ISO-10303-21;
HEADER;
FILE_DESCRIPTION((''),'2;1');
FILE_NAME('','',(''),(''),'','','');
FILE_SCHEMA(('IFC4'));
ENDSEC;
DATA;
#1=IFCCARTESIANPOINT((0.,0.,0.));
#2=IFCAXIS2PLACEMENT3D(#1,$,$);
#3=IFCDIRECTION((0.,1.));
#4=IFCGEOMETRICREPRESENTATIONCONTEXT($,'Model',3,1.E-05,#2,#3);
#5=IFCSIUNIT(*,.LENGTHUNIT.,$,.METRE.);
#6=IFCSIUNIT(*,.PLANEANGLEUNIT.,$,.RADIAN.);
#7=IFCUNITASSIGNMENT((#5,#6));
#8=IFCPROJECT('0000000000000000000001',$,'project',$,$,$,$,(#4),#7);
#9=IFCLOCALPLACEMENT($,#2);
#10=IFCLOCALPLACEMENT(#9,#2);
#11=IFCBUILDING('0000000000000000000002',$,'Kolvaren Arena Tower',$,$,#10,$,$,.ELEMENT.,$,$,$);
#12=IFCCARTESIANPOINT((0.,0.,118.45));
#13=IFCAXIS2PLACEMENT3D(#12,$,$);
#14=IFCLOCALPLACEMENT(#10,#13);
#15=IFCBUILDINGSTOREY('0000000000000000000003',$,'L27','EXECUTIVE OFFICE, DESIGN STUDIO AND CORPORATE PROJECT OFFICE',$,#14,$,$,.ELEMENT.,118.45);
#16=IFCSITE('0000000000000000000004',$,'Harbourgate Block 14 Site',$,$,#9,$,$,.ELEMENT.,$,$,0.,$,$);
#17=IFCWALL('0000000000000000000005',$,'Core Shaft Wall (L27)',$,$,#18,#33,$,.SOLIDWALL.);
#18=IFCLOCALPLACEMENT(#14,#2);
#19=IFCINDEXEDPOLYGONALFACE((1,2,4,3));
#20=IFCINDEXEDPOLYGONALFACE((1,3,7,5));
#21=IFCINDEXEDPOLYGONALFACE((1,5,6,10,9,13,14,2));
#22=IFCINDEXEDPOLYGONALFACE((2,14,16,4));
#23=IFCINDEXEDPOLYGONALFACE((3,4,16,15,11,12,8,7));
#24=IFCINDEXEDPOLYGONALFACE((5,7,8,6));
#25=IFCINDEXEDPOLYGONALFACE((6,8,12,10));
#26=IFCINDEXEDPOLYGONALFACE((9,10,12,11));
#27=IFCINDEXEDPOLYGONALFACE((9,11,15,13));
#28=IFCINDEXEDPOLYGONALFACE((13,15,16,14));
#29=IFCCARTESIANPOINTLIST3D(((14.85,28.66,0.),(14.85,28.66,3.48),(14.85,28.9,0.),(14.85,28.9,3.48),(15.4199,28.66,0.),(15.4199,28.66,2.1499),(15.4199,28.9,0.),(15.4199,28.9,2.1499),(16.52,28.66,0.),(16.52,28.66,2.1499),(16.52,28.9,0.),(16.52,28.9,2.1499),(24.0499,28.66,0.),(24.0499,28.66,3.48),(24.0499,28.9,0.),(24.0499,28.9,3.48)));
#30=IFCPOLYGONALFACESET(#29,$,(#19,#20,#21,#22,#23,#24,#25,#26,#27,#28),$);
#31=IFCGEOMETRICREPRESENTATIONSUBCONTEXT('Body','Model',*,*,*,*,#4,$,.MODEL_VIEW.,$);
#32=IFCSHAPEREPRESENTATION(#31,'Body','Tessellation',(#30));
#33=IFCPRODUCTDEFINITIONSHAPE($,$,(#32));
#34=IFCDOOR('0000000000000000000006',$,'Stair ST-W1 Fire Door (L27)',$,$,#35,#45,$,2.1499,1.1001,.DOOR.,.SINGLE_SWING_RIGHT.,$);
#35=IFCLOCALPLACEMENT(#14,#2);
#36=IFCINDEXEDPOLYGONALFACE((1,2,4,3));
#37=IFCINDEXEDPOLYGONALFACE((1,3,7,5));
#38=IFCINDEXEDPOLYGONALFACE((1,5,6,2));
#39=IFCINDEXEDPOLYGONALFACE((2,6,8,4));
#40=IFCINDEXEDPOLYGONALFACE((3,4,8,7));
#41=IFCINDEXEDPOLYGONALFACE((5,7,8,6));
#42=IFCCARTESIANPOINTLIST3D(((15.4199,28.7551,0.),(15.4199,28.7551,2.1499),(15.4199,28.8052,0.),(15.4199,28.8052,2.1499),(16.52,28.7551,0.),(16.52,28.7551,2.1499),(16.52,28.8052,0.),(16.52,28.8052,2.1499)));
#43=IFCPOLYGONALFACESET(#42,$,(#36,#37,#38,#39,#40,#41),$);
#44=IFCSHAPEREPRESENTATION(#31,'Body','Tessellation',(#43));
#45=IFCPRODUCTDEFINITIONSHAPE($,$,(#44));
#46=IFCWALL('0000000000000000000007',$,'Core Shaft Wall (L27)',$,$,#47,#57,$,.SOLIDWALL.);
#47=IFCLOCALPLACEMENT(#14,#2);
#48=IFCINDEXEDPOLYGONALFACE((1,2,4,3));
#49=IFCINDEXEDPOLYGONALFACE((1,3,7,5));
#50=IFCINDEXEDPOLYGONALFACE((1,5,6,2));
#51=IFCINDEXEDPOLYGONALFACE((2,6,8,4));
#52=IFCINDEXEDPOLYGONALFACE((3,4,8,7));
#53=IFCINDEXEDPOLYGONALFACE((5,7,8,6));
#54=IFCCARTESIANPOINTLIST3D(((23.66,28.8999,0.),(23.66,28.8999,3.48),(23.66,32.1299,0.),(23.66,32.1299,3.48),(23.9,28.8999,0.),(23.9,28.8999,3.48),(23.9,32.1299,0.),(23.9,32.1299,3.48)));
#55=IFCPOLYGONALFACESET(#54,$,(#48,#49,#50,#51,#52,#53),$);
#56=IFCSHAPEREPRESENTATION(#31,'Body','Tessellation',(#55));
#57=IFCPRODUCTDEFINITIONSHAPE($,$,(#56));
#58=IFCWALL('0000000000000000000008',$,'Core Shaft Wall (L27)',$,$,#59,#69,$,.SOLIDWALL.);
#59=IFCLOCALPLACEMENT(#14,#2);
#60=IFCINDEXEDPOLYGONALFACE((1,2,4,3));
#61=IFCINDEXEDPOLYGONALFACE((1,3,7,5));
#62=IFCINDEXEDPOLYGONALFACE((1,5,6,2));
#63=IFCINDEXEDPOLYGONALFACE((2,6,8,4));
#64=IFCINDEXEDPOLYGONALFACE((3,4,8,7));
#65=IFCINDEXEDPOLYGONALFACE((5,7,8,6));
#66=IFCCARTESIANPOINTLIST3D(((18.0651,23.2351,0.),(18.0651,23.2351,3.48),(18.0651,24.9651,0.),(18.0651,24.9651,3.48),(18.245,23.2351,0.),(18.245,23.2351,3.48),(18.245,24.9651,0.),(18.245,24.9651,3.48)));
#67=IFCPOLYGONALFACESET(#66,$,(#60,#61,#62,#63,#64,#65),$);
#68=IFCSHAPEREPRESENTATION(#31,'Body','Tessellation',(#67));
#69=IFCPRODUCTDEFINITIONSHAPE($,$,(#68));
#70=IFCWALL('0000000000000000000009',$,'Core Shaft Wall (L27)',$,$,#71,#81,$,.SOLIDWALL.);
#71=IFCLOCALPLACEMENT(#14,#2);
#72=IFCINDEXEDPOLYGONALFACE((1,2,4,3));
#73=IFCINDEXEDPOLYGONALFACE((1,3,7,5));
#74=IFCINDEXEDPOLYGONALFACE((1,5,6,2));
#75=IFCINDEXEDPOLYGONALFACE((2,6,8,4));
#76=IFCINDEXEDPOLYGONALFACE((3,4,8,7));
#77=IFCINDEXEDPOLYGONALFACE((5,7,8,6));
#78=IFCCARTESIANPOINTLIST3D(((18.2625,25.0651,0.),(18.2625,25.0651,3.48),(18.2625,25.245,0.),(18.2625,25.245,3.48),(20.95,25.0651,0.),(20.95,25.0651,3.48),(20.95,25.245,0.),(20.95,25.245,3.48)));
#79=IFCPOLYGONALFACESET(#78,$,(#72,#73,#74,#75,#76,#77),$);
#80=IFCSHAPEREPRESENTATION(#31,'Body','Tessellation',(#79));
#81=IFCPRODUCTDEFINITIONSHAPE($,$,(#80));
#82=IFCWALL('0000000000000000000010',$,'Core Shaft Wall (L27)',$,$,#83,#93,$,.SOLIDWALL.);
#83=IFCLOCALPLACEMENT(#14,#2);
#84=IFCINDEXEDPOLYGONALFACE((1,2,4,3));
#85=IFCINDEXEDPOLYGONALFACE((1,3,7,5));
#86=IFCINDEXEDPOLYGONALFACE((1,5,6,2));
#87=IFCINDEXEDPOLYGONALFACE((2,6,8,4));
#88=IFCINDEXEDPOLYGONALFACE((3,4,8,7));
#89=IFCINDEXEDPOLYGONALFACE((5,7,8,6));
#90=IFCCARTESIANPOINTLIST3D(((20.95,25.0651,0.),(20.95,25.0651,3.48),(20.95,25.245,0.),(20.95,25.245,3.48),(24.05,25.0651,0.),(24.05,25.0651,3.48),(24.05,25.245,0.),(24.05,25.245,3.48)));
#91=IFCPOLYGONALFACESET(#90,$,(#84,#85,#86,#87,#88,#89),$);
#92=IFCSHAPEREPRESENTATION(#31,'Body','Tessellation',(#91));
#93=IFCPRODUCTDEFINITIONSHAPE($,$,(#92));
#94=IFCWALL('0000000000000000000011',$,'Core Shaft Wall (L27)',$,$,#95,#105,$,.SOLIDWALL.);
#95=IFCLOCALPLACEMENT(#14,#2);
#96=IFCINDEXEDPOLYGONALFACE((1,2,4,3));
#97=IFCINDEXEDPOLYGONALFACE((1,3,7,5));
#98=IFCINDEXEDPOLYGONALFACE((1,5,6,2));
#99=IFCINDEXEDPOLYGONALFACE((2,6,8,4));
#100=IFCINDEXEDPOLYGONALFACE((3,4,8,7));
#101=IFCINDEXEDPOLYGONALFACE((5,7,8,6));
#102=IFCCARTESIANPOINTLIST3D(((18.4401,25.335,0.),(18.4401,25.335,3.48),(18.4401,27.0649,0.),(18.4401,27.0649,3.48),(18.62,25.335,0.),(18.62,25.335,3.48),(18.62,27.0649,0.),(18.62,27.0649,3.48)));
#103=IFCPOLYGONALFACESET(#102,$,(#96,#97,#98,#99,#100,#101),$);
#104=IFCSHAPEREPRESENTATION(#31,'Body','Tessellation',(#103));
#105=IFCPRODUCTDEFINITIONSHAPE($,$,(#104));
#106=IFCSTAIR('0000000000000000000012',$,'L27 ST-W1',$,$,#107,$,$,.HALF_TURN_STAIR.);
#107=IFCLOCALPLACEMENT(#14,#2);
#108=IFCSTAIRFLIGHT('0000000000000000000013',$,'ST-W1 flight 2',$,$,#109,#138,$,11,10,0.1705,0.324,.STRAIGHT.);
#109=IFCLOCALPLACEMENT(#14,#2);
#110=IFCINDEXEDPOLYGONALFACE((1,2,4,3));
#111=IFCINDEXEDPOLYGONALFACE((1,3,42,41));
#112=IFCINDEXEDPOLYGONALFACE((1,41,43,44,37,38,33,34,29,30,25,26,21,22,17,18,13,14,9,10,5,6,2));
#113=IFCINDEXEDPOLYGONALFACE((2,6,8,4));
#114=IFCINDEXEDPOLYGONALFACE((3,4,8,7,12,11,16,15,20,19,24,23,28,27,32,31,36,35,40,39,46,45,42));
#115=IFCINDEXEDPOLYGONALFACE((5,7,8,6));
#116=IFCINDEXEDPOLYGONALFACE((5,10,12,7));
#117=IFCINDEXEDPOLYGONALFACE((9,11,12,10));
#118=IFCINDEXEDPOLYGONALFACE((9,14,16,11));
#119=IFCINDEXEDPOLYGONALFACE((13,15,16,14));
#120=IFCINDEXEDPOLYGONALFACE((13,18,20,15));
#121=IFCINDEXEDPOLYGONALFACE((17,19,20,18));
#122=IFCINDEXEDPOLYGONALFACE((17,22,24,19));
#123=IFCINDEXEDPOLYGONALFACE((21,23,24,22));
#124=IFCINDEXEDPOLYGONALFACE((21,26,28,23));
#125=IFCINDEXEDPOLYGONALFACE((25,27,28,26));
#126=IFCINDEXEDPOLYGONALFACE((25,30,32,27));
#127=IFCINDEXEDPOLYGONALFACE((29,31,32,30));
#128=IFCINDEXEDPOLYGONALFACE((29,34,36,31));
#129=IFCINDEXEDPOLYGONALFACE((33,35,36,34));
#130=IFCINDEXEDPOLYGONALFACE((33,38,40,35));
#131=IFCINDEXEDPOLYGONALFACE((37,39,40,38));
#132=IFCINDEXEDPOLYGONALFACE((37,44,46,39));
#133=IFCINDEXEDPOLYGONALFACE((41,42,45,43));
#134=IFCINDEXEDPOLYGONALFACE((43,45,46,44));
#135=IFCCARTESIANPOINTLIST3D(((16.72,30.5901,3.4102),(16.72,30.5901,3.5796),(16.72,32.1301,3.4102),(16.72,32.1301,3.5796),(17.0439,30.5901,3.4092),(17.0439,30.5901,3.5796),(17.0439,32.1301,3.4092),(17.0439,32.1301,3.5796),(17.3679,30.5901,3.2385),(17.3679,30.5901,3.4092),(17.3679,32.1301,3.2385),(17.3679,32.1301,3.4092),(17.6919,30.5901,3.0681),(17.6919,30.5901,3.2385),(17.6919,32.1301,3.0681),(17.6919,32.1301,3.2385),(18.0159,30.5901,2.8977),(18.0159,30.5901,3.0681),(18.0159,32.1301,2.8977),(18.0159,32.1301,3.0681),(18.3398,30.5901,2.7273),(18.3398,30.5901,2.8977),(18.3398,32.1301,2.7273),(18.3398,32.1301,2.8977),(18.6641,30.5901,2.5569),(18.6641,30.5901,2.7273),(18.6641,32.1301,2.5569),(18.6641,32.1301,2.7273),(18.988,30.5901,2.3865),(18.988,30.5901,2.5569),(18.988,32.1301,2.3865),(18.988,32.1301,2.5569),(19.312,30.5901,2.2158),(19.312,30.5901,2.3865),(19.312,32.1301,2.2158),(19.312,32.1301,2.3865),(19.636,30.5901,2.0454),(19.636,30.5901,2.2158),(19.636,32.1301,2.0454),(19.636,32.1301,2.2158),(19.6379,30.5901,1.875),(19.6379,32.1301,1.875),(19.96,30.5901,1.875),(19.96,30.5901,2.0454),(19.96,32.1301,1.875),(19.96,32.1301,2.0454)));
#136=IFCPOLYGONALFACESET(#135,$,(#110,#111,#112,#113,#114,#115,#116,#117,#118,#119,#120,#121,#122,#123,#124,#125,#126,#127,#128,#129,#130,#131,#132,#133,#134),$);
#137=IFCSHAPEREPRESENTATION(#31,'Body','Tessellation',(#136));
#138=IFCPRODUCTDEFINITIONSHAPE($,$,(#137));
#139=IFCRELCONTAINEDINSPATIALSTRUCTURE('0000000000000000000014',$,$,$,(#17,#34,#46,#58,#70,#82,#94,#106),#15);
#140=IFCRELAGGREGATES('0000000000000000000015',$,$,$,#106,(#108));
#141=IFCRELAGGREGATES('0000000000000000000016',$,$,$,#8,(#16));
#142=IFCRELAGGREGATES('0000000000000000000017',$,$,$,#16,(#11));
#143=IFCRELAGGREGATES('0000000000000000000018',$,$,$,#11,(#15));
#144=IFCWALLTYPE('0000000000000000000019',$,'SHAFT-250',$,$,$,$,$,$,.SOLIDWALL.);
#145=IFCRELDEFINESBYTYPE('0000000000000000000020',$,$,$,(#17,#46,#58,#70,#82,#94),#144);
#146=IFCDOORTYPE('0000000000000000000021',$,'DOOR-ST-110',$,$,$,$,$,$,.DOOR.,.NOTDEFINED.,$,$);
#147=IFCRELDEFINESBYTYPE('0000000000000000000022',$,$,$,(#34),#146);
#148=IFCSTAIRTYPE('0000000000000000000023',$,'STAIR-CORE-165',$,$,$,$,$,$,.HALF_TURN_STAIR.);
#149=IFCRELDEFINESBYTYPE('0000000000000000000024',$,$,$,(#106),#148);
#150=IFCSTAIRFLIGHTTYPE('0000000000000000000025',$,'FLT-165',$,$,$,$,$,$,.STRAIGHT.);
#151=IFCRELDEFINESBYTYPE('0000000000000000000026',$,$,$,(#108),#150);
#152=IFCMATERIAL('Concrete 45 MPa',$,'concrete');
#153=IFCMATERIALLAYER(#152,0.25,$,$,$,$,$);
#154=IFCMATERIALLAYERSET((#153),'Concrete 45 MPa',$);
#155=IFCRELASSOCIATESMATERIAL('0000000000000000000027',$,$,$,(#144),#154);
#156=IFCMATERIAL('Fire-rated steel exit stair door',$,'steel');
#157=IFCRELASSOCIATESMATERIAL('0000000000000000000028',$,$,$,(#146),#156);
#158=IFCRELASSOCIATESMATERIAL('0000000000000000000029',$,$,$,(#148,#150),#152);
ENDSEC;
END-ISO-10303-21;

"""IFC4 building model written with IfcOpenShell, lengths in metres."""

from ifc_helpers import new_model, si_unit, direction, frame, frame_2d, origin, place, context, subcontext, project, spatial, polyline, rectangle, outline, extrude, material, layer, layer_set, type_object, element, fill, aggregate, save


model = new_model("IFC4")

# Units and contexts
model_context = context("Model", 3, precision=1e-05, world=origin(), true_north=direction((0.0, 1.0)))
body_context = subcontext(model_context, "Body", "Model", "MODEL_VIEW")
ifc_project = project(units=[si_unit("LENGTHUNIT", "METRE"), si_unit("PLANEANGLEUNIT", "RADIAN")], contexts=[model_context])

# Site, building, storey
site_placement = place(None, origin())
site = spatial("IfcSite", under=ifc_project, at=site_placement, Name="Harbourgate Block 14 Site", CompositionType="ELEMENT", RefElevation=0.0)
building_placement = place(site_placement, origin())
building = spatial("IfcBuilding", under=site, at=building_placement, Name="Kolvaren Arena Tower", CompositionType="ELEMENT")
storey_placement = place(building_placement, frame((0.0, 0.0, 118.45)))
storey = spatial("IfcBuildingStorey", under=building, at=storey_placement, Name="L27", Description="EXECUTIVE OFFICE, DESIGN STUDIO AND CORPORATE PROJECT OFFICE", CompositionType="ELEMENT", Elevation=118.45)

# Wall, opening, door
ifc_material_1 = material(Name="Concrete 45 MPa", Category="concrete")
ifc_layer = layer(ifc_material_1, 0.25)
ifc_layer_set = layer_set([ifc_layer], Name="Concrete 45 MPa")
wall_type = type_object("IfcWallType", Name="SHAFT-250", PredefinedType="SOLIDWALL", material=ifc_layer_set)
wall_1_placement = place(storey_placement, frame((24.05, 28.78, 0.0), z_axis=(0.0, 0.0, 1.0), x_axis=(-1.0, 0.0, 0.0)))
wall_1 = element("IfcWall", 1, at=wall_1_placement, inside=storey, type_object=wall_type, Name="Core Shaft Wall (L27)", PredefinedType="SOLIDWALL", context=body_context, shape_type="SweptSolid", body=[
    extrude(rectangle(XDim=9.2, YDim=0.24, at=frame_2d((4.6001, 0.0))), origin(), (0.0, 0.0, 1.0), 3.48),
])
opening_placement = place(wall_1_placement, frame((7.53, 0.0, 0.0)))
opening = element("IfcOpeningElement", 2, at=opening_placement, cuts=wall_1, PredefinedType="OPENING", context=body_context, shape_type="SweptSolid", body=[
    extrude(rectangle(XDim=1.1001, YDim=2.1499, at=frame_2d((0.55, 1.075))), frame((0.0, 0.1299, 0.0), z_axis=(0.0, -1.0, 0.0), x_axis=(1.0, 0.0, 0.0)), (0.0, 0.0, 1.0), 0.26),
])
ifc_material_2 = material(Name="Fire-rated steel exit stair door", Category="steel")
door_type = type_object("IfcDoorType", Name="DOOR-ST-110", OperationType="NOTDEFINED", PredefinedType="DOOR", material=ifc_material_2)
door_placement = place(opening_placement, origin())
door = element("IfcDoor", 3, at=door_placement, inside=storey, type_object=door_type, Name="Stair ST-W1 Fire Door (L27)", OperationType="SINGLE_SWING_RIGHT", OverallHeight=2.1499, OverallWidth=1.1001, PredefinedType="DOOR", context=body_context, shape_type="SweptSolid", body=[
    extrude(rectangle(XDim=1.1001, YDim=2.1499, at=frame_2d((0.55, 1.075))), frame((0.0, 0.0249, 0.0), z_axis=(0.0, -1.0, 0.0), x_axis=(1.0, 0.0, 0.0)), (0.0, 0.0, 1.0), 0.05),
])
fill(opening, door)

# Walls
wall_2_placement = place(storey_placement, frame((23.78, 28.8999, 0.0), z_axis=(0.0, 0.0, 1.0), x_axis=(0.0, 1.0, 0.0)))
element("IfcWall", 4, at=wall_2_placement, inside=storey, type_object=wall_type, Name="Core Shaft Wall (L27)", PredefinedType="SOLIDWALL", context=body_context, shape_type="SweptSolid", body=[
    extrude(rectangle(XDim=3.23, YDim=0.24, at=frame_2d((1.615, 0.0))), origin(), (0.0, 0.0, 1.0), 3.48),
])
wall_3_placement = place(storey_placement, frame((18.155, 23.2351, 0.0), z_axis=(0.0, 0.0, 1.0), x_axis=(0.0, 1.0, 0.0)))
element("IfcWall", 5, at=wall_3_placement, inside=storey, type_object=wall_type, Name="Core Shaft Wall (L27)", PredefinedType="SOLIDWALL", context=body_context, shape_type="SweptSolid", body=[
    extrude(rectangle(XDim=1.73, YDim=0.1799, at=frame_2d((0.865, 0.0))), origin(), (0.0, 0.0, 1.0), 3.48),
])
wall_4_placement = place(storey_placement, frame((18.2625, 25.155, 0.0), z_axis=(0.0, 0.0, 1.0), x_axis=(1.0, 0.0, 0.0)))
element("IfcWall", 6, at=wall_4_placement, inside=storey, type_object=wall_type, Name="Core Shaft Wall (L27)", PredefinedType="SOLIDWALL", context=body_context, shape_type="SweptSolid", body=[
    extrude(rectangle(XDim=2.6875, YDim=0.1799, at=frame_2d((1.3438, 0.0))), origin(), (0.0, 0.0, 1.0), 3.48),
])
wall_5_placement = place(storey_placement, frame((20.95, 25.155, 0.0), z_axis=(0.0, 0.0, 1.0), x_axis=(1.0, 0.0, 0.0)))
element("IfcWall", 7, at=wall_5_placement, inside=storey, type_object=wall_type, Name="Core Shaft Wall (L27)", PredefinedType="SOLIDWALL", context=body_context, shape_type="SweptSolid", body=[
    extrude(rectangle(XDim=3.1001, YDim=0.1799, at=frame_2d((1.55, 0.0))), origin(), (0.0, 0.0, 1.0), 3.48),
])
wall_6_placement = place(storey_placement, frame((18.53, 25.335, 0.0), z_axis=(0.0, 0.0, 1.0), x_axis=(0.0, 1.0, 0.0)))
element("IfcWall", 8, at=wall_6_placement, inside=storey, type_object=wall_type, Name="Core Shaft Wall (L27)", PredefinedType="SOLIDWALL", context=body_context, shape_type="SweptSolid", body=[
    extrude(rectangle(XDim=1.73, YDim=0.1799, at=frame_2d((0.865, 0.0))), origin(), (0.0, 0.0, 1.0), 3.48),
])

# Stair, stair flight
stair_type = type_object("IfcStairType", Name="STAIR-CORE-165", PredefinedType="HALF_TURN_STAIR", material=ifc_material_1)
stair_placement = place(storey_placement, origin())
stair = element("IfcStair", 9, at=stair_placement, inside=storey, type_object=stair_type, Name="L27 ST-W1", PredefinedType="HALF_TURN_STAIR")
stair_flight_type = type_object("IfcStairFlightType", Name="FLT-165", PredefinedType="STRAIGHT", material=ifc_material_1)
stair_flight_placement = place(storey_placement, frame((19.96, 31.3601, 1.875), z_axis=(0.0, 0.0, 1.0), x_axis=(-1.0, 0.0, 0.0)))
stair_flight = element("IfcStairFlight", 10, at=stair_flight_placement, type_object=stair_flight_type, Name="ST-W1 flight 2", NumberOfRisers=11, NumberOfTreads=10, PredefinedType="STRAIGHT", RiserHeight=0.1705, TreadLength=0.324, context=body_context, shape_type="SweptSolid", body=[
    extrude(outline(polyline([(0.0, 0.0), (0.0, 0.1704), (0.324, 0.1704), (0.324, 0.3408), (0.6479, 0.3408), (0.6479, 0.5115), (0.9719, 0.5115), (0.9719, 0.6819), (1.2959, 0.6819), (1.2959, 0.8523), (1.6201, 0.8523), (1.6201, 1.0227), (1.9441, 1.0227), (1.9441, 1.1931), (2.2681, 1.1931), (2.2681, 1.3635), (2.592, 1.3635), (2.592, 1.5342), (2.916, 1.5342), (2.916, 1.7046), (3.24, 1.7046), (3.24, 1.875), (3.24, 1.5352), (0.322, 0.0), (0.0, 0.0)])), frame((0.0, 0.77, 0.0), z_axis=(0.0, -1.0, 0.0), x_axis=(1.0, 0.0, 0.0)), (0.0, 0.0, 1.0), 1.54),
])
aggregate(stair, [stair_flight])

save(model, "model.ifc")
